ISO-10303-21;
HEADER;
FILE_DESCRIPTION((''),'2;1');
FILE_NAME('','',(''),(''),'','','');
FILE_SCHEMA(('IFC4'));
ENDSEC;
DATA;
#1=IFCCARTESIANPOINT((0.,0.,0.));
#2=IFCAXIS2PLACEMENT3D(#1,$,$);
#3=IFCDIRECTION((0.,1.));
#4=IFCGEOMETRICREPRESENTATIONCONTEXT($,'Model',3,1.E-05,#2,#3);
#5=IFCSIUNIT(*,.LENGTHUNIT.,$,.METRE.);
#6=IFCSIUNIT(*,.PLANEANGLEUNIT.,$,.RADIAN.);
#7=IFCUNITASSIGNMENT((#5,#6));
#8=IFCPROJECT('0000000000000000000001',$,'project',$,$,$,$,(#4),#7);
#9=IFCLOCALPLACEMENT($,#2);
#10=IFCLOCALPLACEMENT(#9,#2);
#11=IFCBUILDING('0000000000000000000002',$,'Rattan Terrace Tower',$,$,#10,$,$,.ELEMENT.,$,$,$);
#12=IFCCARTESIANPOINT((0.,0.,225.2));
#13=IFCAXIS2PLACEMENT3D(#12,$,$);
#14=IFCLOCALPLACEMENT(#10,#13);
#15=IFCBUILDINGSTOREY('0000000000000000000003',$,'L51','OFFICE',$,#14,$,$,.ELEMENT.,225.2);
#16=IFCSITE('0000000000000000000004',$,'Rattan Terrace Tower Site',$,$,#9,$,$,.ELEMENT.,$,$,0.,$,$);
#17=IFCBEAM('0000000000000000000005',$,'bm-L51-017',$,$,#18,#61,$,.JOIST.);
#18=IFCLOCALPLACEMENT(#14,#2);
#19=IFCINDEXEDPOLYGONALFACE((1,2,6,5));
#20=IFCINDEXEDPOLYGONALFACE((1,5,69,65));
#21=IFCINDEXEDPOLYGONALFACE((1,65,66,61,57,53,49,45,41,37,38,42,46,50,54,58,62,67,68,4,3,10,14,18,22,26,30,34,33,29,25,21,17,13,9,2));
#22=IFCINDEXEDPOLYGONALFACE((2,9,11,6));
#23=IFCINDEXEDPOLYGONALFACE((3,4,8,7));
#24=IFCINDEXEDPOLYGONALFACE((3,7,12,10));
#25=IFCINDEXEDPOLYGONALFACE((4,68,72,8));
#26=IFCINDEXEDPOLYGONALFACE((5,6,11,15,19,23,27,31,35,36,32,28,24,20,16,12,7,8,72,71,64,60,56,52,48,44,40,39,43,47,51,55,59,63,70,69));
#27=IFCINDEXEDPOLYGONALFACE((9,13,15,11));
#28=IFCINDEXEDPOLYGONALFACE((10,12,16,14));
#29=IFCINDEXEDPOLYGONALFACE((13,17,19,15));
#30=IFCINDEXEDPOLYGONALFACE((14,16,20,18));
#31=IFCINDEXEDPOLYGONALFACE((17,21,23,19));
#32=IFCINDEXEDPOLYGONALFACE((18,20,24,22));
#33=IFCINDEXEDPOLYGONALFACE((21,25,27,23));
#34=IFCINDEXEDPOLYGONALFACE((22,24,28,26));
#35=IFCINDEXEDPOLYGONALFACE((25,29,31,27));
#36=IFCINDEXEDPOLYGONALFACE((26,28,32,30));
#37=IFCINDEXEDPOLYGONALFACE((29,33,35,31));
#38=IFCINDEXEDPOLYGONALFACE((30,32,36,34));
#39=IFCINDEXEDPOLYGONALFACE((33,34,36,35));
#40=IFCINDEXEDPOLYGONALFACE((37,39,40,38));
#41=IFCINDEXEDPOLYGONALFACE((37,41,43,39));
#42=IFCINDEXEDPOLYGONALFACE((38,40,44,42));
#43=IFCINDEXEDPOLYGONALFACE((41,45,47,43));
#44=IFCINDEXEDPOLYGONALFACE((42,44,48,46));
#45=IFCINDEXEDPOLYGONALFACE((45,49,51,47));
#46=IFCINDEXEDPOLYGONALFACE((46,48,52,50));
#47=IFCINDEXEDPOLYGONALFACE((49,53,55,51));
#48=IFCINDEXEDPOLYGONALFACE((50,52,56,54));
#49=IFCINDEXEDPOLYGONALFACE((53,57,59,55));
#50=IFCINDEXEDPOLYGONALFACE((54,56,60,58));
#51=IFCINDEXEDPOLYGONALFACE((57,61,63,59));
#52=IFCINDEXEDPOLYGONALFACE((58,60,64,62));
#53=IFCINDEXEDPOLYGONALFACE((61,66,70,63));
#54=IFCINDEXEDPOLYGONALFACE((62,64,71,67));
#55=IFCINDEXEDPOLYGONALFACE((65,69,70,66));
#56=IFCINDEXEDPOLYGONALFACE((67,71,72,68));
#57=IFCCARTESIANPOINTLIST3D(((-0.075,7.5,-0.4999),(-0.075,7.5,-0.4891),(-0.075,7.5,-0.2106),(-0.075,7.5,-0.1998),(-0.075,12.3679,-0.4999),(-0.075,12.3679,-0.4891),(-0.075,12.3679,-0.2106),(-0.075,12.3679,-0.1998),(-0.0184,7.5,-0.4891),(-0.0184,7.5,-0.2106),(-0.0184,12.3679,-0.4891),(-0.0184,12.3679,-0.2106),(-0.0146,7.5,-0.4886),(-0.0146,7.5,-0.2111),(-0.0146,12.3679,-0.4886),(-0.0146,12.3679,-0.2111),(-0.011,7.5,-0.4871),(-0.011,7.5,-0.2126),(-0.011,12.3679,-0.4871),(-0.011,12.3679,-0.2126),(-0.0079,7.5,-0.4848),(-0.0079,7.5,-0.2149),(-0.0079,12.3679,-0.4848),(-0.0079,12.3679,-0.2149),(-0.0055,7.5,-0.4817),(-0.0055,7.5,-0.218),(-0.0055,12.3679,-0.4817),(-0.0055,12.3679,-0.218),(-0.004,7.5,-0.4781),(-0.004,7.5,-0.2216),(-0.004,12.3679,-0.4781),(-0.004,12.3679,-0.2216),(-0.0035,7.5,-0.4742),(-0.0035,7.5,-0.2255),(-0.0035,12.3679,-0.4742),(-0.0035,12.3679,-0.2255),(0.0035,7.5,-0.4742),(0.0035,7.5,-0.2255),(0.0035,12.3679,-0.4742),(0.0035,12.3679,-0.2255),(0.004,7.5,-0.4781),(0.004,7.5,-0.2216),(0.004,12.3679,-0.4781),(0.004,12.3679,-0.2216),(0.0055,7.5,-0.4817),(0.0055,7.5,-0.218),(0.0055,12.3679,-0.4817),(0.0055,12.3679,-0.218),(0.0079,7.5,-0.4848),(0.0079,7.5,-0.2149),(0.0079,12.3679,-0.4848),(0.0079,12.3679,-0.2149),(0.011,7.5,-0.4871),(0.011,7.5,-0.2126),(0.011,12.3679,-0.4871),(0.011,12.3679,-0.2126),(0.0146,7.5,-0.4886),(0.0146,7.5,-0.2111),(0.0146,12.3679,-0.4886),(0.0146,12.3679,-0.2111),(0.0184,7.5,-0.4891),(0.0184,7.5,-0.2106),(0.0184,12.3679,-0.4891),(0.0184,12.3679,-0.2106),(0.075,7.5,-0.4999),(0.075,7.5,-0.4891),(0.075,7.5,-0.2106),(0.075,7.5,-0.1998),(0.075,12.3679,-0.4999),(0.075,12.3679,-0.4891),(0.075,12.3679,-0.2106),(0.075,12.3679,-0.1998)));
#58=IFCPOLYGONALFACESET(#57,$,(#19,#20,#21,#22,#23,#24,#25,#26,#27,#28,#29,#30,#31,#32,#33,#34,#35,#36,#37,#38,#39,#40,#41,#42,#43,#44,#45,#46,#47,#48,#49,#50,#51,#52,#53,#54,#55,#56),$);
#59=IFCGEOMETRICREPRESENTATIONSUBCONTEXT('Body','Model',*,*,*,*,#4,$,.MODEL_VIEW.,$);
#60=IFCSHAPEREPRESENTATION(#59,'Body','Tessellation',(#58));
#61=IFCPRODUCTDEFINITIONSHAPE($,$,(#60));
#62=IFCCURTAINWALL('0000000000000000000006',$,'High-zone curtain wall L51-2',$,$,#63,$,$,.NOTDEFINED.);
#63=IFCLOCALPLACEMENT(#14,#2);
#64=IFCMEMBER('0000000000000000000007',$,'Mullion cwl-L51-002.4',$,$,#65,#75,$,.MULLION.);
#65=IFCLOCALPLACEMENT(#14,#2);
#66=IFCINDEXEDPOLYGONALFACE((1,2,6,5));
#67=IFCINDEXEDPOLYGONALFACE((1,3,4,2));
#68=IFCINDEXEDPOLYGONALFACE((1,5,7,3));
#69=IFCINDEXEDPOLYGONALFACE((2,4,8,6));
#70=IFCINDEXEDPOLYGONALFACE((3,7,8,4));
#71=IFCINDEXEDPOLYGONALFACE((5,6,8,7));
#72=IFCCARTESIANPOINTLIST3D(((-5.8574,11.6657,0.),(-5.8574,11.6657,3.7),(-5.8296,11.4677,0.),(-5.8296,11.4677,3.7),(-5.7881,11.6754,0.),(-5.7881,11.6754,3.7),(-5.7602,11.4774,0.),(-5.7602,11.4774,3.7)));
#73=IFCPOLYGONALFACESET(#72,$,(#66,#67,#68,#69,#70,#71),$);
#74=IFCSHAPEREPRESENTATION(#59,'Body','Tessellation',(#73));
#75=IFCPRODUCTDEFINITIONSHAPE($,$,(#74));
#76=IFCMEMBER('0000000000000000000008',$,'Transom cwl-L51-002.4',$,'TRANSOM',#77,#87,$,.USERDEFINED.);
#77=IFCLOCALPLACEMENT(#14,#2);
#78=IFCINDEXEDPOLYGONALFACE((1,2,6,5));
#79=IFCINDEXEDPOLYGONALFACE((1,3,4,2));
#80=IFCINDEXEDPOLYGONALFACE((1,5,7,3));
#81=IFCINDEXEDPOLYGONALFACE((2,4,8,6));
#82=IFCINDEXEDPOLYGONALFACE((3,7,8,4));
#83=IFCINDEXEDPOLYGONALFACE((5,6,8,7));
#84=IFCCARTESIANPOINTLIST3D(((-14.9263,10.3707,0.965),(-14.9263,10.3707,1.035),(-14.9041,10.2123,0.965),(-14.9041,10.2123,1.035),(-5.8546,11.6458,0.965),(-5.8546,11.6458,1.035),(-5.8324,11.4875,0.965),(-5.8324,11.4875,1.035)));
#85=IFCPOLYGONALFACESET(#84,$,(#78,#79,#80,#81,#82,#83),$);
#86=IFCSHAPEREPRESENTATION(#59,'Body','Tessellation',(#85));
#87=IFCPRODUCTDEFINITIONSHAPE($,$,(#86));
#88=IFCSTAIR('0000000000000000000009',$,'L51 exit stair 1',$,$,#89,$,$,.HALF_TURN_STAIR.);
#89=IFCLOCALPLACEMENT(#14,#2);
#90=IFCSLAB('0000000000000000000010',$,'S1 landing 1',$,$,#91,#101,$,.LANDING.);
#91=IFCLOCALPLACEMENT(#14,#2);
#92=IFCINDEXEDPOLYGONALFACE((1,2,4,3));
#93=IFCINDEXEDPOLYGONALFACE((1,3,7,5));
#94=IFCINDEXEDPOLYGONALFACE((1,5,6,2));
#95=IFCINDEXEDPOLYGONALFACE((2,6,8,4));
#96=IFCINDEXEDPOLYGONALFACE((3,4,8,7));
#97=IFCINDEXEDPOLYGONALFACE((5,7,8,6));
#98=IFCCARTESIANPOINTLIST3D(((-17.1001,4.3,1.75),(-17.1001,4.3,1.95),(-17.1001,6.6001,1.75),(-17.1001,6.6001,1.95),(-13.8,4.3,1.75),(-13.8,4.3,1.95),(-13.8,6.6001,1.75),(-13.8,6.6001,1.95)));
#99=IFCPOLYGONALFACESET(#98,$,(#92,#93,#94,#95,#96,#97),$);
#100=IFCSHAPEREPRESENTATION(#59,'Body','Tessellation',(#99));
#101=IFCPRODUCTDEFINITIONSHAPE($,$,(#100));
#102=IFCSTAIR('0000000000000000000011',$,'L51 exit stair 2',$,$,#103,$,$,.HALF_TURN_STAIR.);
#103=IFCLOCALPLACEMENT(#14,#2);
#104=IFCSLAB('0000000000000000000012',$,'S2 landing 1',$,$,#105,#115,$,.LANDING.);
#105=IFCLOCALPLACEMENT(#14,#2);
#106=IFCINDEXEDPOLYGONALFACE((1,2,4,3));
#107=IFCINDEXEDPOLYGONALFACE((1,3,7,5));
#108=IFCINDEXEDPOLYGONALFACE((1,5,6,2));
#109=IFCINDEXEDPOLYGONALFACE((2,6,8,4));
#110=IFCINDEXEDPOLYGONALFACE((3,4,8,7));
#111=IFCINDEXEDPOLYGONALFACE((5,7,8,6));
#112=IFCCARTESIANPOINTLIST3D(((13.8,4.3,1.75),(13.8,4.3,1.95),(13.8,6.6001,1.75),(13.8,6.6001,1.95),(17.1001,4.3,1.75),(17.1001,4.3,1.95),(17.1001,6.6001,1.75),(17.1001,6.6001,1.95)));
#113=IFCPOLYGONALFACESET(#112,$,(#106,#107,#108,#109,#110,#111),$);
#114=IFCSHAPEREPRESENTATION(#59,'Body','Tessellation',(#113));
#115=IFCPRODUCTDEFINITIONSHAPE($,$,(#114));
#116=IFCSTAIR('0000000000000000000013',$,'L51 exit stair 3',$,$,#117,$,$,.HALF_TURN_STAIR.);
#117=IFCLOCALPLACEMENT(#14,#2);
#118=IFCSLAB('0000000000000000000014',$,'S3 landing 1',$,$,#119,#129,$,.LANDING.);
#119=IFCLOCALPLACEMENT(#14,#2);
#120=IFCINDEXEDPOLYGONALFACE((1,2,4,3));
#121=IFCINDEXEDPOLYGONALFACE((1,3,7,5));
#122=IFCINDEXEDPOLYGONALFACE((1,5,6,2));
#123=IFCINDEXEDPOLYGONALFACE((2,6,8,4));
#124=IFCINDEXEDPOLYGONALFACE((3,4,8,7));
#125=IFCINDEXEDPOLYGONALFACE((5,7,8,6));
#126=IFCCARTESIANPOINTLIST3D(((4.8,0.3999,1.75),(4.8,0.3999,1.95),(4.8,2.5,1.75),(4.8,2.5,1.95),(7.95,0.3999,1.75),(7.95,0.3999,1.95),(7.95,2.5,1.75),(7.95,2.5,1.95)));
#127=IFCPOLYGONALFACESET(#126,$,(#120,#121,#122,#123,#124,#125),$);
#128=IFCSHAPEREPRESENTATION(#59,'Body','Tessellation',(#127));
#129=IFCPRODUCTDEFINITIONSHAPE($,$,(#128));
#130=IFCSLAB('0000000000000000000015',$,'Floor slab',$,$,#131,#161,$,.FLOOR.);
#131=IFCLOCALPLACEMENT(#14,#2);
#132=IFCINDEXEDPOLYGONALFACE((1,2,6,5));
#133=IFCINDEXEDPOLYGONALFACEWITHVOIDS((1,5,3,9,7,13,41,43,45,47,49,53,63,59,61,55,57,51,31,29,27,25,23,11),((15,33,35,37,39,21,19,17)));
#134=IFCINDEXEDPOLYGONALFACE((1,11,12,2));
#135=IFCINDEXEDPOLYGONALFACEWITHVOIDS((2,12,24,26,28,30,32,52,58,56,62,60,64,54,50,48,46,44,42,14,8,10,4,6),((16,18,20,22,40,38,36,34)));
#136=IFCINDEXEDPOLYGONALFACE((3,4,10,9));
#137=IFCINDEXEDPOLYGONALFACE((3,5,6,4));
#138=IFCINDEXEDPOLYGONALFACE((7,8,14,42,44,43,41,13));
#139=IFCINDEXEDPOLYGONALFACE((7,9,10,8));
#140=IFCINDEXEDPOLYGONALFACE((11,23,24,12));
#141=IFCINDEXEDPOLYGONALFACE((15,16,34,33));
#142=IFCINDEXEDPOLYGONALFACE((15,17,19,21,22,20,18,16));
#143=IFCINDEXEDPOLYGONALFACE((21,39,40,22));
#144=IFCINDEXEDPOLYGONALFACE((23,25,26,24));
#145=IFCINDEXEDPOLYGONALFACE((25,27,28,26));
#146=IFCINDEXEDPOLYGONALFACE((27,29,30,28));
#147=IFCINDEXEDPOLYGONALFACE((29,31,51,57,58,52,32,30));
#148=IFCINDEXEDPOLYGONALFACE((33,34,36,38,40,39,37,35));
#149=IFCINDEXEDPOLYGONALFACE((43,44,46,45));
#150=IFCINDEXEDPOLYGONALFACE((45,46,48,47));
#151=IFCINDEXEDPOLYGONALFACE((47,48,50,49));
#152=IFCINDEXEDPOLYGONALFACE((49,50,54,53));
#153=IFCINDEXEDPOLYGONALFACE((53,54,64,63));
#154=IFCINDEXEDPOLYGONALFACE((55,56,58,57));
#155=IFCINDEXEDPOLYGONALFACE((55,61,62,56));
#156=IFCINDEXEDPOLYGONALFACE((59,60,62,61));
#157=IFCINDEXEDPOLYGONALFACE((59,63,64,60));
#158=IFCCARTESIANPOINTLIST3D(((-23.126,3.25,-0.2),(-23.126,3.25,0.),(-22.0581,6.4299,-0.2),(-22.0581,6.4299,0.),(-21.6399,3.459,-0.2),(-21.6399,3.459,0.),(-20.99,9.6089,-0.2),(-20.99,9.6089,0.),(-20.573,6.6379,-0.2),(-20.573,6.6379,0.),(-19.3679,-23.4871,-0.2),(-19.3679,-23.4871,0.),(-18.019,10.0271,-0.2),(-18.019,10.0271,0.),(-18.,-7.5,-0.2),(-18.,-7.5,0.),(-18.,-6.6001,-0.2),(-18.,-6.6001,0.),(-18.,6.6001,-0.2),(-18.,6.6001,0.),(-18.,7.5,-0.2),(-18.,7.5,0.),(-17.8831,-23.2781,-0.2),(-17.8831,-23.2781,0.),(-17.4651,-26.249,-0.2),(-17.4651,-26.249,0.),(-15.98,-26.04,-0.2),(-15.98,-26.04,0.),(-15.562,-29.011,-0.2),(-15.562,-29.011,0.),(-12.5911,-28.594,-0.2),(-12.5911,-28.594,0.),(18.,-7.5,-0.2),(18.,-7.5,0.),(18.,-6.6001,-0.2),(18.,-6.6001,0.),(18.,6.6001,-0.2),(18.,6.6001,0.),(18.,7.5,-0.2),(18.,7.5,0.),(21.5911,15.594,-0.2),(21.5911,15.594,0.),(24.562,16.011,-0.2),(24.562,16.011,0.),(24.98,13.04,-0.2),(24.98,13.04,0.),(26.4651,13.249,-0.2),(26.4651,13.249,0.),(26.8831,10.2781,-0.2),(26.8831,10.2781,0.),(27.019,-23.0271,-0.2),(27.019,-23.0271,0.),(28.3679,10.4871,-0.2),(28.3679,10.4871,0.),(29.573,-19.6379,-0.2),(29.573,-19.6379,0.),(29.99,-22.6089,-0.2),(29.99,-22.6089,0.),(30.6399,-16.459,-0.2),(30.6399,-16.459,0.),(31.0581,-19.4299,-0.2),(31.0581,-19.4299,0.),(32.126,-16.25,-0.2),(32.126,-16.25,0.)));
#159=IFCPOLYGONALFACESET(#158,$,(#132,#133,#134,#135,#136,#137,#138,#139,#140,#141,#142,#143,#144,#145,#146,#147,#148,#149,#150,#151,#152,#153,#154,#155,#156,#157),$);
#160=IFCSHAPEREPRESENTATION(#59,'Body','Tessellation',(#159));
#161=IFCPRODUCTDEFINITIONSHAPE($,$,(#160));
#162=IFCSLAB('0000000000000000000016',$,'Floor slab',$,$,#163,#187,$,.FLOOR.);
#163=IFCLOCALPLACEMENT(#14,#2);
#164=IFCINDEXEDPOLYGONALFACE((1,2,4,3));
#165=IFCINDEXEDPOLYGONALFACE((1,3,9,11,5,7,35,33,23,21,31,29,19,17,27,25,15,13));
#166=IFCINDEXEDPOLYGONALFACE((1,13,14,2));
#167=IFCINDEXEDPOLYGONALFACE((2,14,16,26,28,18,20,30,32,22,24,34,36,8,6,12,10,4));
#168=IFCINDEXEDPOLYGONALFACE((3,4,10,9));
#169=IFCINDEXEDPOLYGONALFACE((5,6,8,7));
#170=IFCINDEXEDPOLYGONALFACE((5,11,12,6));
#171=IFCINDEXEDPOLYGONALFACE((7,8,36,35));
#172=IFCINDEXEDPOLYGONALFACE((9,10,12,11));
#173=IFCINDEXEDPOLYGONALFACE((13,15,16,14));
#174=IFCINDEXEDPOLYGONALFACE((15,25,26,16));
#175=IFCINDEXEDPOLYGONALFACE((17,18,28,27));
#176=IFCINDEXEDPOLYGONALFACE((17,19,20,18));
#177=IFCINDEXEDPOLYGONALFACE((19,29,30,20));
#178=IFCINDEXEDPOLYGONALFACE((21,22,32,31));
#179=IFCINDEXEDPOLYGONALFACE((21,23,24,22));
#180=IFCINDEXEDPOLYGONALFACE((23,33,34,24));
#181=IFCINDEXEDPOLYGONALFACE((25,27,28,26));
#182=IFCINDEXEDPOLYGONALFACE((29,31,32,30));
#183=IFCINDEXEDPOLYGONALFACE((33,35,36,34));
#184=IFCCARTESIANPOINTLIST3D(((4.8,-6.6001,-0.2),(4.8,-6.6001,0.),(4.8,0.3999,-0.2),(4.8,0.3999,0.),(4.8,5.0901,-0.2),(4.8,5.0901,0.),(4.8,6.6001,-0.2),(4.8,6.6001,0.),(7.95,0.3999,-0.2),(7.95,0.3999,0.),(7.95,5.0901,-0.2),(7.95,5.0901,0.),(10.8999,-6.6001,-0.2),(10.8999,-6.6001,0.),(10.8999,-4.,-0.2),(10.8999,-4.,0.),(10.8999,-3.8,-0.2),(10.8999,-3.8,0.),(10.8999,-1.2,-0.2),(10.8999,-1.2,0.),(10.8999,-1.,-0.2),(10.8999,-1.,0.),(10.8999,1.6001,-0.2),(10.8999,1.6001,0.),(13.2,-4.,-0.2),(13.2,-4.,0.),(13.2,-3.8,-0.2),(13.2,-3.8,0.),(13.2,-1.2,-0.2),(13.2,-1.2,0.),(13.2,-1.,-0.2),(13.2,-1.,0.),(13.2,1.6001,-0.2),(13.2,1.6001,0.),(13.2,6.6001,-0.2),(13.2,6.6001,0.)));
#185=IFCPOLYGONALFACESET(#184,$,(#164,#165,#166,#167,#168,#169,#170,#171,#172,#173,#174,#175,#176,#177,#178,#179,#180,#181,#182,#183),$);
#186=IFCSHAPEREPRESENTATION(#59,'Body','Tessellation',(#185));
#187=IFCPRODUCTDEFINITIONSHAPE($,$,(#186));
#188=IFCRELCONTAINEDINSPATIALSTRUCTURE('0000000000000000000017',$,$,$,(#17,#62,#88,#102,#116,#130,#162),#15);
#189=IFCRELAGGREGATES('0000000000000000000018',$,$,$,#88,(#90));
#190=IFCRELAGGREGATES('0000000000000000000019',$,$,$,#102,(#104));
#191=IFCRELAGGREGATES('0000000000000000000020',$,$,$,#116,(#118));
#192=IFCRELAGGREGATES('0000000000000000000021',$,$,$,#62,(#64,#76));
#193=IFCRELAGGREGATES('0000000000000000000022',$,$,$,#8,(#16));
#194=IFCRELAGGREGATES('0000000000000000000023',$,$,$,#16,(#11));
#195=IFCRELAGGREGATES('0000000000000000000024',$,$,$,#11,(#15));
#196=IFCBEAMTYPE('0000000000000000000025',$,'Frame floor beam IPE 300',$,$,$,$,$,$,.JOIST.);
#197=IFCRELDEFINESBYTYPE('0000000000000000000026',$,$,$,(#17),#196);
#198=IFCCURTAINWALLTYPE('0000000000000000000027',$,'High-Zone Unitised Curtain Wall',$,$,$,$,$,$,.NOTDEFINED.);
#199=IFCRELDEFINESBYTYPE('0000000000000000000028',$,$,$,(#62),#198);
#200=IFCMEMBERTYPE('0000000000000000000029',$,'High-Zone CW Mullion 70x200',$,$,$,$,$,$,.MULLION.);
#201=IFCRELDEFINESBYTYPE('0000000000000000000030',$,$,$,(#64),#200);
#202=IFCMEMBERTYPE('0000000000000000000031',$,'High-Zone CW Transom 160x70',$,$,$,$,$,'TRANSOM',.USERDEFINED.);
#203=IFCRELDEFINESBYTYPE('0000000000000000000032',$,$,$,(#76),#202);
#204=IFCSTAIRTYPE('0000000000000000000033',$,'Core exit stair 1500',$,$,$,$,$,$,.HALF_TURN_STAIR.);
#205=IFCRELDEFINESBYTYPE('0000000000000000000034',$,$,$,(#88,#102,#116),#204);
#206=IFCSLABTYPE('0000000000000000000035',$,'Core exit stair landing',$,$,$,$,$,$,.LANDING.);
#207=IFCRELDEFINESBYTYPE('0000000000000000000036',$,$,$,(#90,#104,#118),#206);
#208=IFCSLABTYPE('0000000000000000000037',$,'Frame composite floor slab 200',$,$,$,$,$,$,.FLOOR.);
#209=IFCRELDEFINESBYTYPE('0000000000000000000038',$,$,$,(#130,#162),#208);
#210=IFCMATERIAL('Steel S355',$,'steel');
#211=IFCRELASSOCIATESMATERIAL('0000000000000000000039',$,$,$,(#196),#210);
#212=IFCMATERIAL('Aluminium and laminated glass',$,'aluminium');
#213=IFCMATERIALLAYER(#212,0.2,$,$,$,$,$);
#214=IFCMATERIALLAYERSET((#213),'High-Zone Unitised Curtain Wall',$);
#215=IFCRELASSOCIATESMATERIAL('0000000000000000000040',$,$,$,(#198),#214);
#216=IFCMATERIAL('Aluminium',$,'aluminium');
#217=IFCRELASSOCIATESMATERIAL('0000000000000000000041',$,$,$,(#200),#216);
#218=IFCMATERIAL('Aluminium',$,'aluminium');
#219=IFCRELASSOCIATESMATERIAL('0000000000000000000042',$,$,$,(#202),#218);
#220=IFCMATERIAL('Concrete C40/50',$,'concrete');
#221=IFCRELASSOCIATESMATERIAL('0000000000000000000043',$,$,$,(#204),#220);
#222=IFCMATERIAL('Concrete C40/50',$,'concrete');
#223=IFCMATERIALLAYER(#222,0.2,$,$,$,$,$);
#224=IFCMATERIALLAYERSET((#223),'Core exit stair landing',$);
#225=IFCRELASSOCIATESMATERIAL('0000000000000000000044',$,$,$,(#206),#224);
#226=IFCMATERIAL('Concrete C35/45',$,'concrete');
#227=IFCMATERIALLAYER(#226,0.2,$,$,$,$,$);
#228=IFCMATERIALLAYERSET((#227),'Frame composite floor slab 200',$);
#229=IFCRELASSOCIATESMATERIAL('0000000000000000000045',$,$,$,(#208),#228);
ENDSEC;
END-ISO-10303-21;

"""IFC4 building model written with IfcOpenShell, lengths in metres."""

from ifc_helpers import new_model, si_unit, direction, frame, origin, origin_2d, place, context, subcontext, project, spatial, polyline, rectangle, i_section, outline, extrude, material, layer, layer_set, material_profile, profile_set, type_object, element, aggregate, save


model = new_model("IFC4")

# Units and contexts
model_context = context("Model", 3, precision=1e-05, world=origin(), true_north=direction((0.0, 1.0)))
body_context = subcontext(model_context, "Body", "Model", "MODEL_VIEW")
ifc_project = project(units=[si_unit("LENGTHUNIT", "METRE"), si_unit("PLANEANGLEUNIT", "RADIAN")], contexts=[model_context])

# Site, building, storey
site_placement = place(None, origin())
site = spatial("IfcSite", under=ifc_project, at=site_placement, Name="Rattan Terrace Tower Site", CompositionType="ELEMENT", RefElevation=0.0)
building_placement = place(site_placement, origin())
building = spatial("IfcBuilding", under=site, at=building_placement, Name="Rattan Terrace Tower", CompositionType="ELEMENT")
storey_placement = place(building_placement, frame((0.0, 0.0, 225.2)))
storey = spatial("IfcBuildingStorey", under=building, at=storey_placement, Name="L51", Description="OFFICE", CompositionType="ELEMENT", Elevation=225.2)

# Beam
ifc_material_1 = material(Name="Steel S355", Category="steel")
ifc_material_profile_1 = material_profile(ifc_material_1, i_section(OverallWidth=0.1499, OverallDepth=0.3, WebThickness=0.0071, FlangeThickness=0.0107, FilletRadius=0.0149, at=origin_2d()), Name="IPE 300")
ifc_profile_set_1 = profile_set([ifc_material_profile_1], Name="Steel S355")
beam_type = type_object("IfcBeamType", Name="Frame floor beam IPE 300", PredefinedType="JOIST", material=ifc_profile_set_1)
beam_1_placement = place(storey_placement, frame((0.0, 7.5, -0.3499), z_axis=(0.0, 1.0, 0.0), x_axis=(-1.0, 0.0, 0.0)))
element("IfcBeam", 1, at=beam_1_placement, inside=storey, type_object=beam_type, Name="bm-L51-017", PredefinedType="JOIST", context=body_context, shape_type="SweptSolid", body=[
    extrude(i_section(OverallWidth=0.1499, OverallDepth=0.3, WebThickness=0.0071, FlangeThickness=0.0107, FilletRadius=0.0149, at=origin_2d()), origin(), (0.0, 0.0, 1.0), 4.8679),
])

# Curtain wall, members
ifc_material_2 = material(Name="Aluminium and laminated glass", Category="aluminium")
ifc_layer_1 = layer(ifc_material_2, 0.2)
ifc_layer_set_1 = layer_set([ifc_layer_1], Name="High-Zone Unitised Curtain Wall")
curtain_wall_type = type_object("IfcCurtainWallType", Name="High-Zone Unitised Curtain Wall", PredefinedType="NOTDEFINED", material=ifc_layer_set_1)
curtain_wall_placement = place(storey_placement, origin())
curtain_wall = element("IfcCurtainWall", 2, at=curtain_wall_placement, inside=storey, type_object=curtain_wall_type, Name="High-zone curtain wall L51-2", PredefinedType="NOTDEFINED")
ifc_material_3 = material(Name="Aluminium", Category="aluminium")
ifc_material_profile_2 = material_profile(ifc_material_3, rectangle(XDim=0.0701, YDim=0.2, at=origin_2d()), Name="Aluminium 70x200")
ifc_profile_set_2 = profile_set([ifc_material_profile_2], Name="Aluminium")
member_type_1 = type_object("IfcMemberType", Name="High-Zone CW Mullion 70x200", PredefinedType="MULLION", material=ifc_profile_set_2)
member_1_placement = place(storey_placement, frame((-5.8088, 11.5715, 0.0), z_axis=(0.0, 0.0, 1.0), x_axis=(-0.990267, -0.139177, 0.0)))
member_1 = element("IfcMember", 3, at=member_1_placement, type_object=member_type_1, Name="Mullion cwl-L51-002.4", PredefinedType="MULLION", context=body_context, shape_type="SweptSolid", body=[
    extrude(rectangle(XDim=0.0701, YDim=0.2, at=origin_2d()), origin(), (0.0, 0.0, 1.0), 3.7),
])
ifc_material_4 = material(Name="Aluminium", Category="aluminium")
ifc_material_profile_3 = material_profile(ifc_material_4, rectangle(XDim=0.1599, YDim=0.0701, at=origin_2d()), Name="Aluminium 160x70")
ifc_profile_set_3 = profile_set([ifc_material_profile_3], Name="Aluminium")
member_type_2 = type_object("IfcMemberType", Name="High-Zone CW Transom 160x70", ElementType="TRANSOM", PredefinedType="USERDEFINED", material=ifc_profile_set_3)
member_2_placement = place(storey_placement, frame((-5.8435, 11.5667, 1.0), z_axis=(-0.990265, -0.139194, 0.0), x_axis=(0.139194, -0.990265, 0.0)))
member_2 = element("IfcMember", 4, at=member_2_placement, type_object=member_type_2, Name="Transom cwl-L51-002.4", ObjectType="TRANSOM", PredefinedType="USERDEFINED", context=body_context, shape_type="SweptSolid", body=[
    extrude(rectangle(XDim=0.1599, YDim=0.0701, at=origin_2d()), origin(), (0.0, 0.0, 1.0), 9.1609),
])

# Stairs, slabs
ifc_material_5 = material(Name="Concrete C40/50", Category="concrete")
stair_type = type_object("IfcStairType", Name="Core exit stair 1500", PredefinedType="HALF_TURN_STAIR", material=ifc_material_5)
stair_1_placement = place(storey_placement, origin())
stair_1 = element("IfcStair", 5, at=stair_1_placement, inside=storey, type_object=stair_type, Name="L51 exit stair 1", PredefinedType="HALF_TURN_STAIR")
ifc_material_6 = material(Name="Concrete C40/50", Category="concrete")
ifc_layer_2 = layer(ifc_material_6, 0.2)
ifc_layer_set_2 = layer_set([ifc_layer_2], Name="Core exit stair landing")
slab_type_1 = type_object("IfcSlabType", Name="Core exit stair landing", PredefinedType="LANDING", material=ifc_layer_set_2)
slab_1_placement = place(storey_placement, frame((0.0, 0.0, 1.75)))
slab_1 = element("IfcSlab", 6, at=slab_1_placement, type_object=slab_type_1, Name="S1 landing 1", PredefinedType="LANDING", context=body_context, shape_type="SweptSolid", body=[
    extrude(outline(polyline([(-13.8, 4.3), (-13.8, 6.6001), (-17.1001, 6.6001), (-17.1001, 4.3), (-13.8, 4.3)])), origin(), (0.0, 0.0, 1.0), 0.2),
])
aggregate(stair_1, [slab_1])
stair_2_placement = place(storey_placement, origin())
stair_2 = element("IfcStair", 7, at=stair_2_placement, inside=storey, type_object=stair_type, Name="L51 exit stair 2", PredefinedType="HALF_TURN_STAIR")
slab_2_placement = place(storey_placement, frame((0.0, 0.0, 1.75)))
slab_2 = element("IfcSlab", 8, at=slab_2_placement, type_object=slab_type_1, Name="S2 landing 1", PredefinedType="LANDING", context=body_context, shape_type="SweptSolid", body=[
    extrude(outline(polyline([(17.1001, 4.3), (17.1001, 6.6001), (13.8, 6.6001), (13.8, 4.3), (17.1001, 4.3)])), origin(), (0.0, 0.0, 1.0), 0.2),
])
aggregate(stair_2, [slab_2])
stair_3_placement = place(storey_placement, origin())
stair_3 = element("IfcStair", 9, at=stair_3_placement, inside=storey, type_object=stair_type, Name="L51 exit stair 3", PredefinedType="HALF_TURN_STAIR")
slab_3_placement = place(storey_placement, frame((0.0, 0.0, 1.75)))
slab_3 = element("IfcSlab", 10, at=slab_3_placement, type_object=slab_type_1, Name="S3 landing 1", PredefinedType="LANDING", context=body_context, shape_type="SweptSolid", body=[
    extrude(outline(polyline([(4.8, 2.5), (4.8, 0.3999), (7.95, 0.3999), (7.95, 2.5), (4.8, 2.5)])), origin(), (0.0, 0.0, 1.0), 0.2),
])
aggregate(stair_3, [slab_3])

# Slabs
ifc_material_7 = material(Name="Concrete C35/45", Category="concrete")
ifc_layer_3 = layer(ifc_material_7, 0.2)
ifc_layer_set_3 = layer_set([ifc_layer_3], Name="Frame composite floor slab 200")
slab_type_2 = type_object("IfcSlabType", Name="Frame composite floor slab 200", PredefinedType="FLOOR", material=ifc_layer_set_3)
slab_4_placement = place(storey_placement, frame((0.0, 0.0, -0.2)))
element("IfcSlab", 11, at=slab_4_placement, inside=storey, type_object=slab_type_2, Name="Floor slab", PredefinedType="FLOOR", context=body_context, shape_type="SweptSolid", body=[
    extrude(outline(polyline([(-12.5911, -28.594), (27.019, -23.0271), (29.99, -22.6089), (29.573, -19.6379), (31.0581, -19.4299), (30.6399, -16.459), (32.126, -16.25), (28.3679, 10.4871), (26.8831, 10.2781), (26.4651, 13.249), (24.98, 13.04), (24.562, 16.011), (21.5911, 15.594), (-18.019, 10.0271), (-20.99, 9.6089), (-20.573, 6.6379), (-22.0581, 6.4299), (-21.6399, 3.459), (-23.126, 3.25), (-19.3679, -23.4871), (-17.8831, -23.2781), (-17.4651, -26.249), (-15.98, -26.04), (-15.562, -29.011), (-12.5911, -28.594)]), holes=[polyline([(-18.0, -7.5), (18.0, -7.5), (18.0, -6.6001), (18.0, 6.6001), (18.0, 7.5), (-18.0, 7.5), (-18.0, 6.6001), (-18.0, -6.6001), (-18.0, -7.5)])]), origin(), (0.0, 0.0, 1.0), 0.2),
])
slab_5_placement = place(storey_placement, frame((0.0, 0.0, -0.2)))
element("IfcSlab", 12, at=slab_5_placement, inside=storey, type_object=slab_type_2, Name="Floor slab", PredefinedType="FLOOR", context=body_context, shape_type="SweptSolid", body=[
    extrude(outline(polyline([(13.2, 6.6001), (4.8, 6.6001), (4.8, 5.0901), (7.95, 5.0901), (7.95, 0.3999), (4.8, 0.3999), (4.8, -6.6001), (10.8999, -6.6001), (10.8999, -4.0), (13.2, -4.0), (13.2, -3.8), (10.8999, -3.8), (10.8999, -1.2), (13.2, -1.2), (13.2, -1.0), (10.8999, -1.0), (10.8999, 1.6001), (13.2, 1.6001), (13.2, 6.6001)])), origin(), (0.0, 0.0, 1.0), 0.2),
])

aggregate(curtain_wall, [member_1, member_2])

save(model, "model.ifc")
